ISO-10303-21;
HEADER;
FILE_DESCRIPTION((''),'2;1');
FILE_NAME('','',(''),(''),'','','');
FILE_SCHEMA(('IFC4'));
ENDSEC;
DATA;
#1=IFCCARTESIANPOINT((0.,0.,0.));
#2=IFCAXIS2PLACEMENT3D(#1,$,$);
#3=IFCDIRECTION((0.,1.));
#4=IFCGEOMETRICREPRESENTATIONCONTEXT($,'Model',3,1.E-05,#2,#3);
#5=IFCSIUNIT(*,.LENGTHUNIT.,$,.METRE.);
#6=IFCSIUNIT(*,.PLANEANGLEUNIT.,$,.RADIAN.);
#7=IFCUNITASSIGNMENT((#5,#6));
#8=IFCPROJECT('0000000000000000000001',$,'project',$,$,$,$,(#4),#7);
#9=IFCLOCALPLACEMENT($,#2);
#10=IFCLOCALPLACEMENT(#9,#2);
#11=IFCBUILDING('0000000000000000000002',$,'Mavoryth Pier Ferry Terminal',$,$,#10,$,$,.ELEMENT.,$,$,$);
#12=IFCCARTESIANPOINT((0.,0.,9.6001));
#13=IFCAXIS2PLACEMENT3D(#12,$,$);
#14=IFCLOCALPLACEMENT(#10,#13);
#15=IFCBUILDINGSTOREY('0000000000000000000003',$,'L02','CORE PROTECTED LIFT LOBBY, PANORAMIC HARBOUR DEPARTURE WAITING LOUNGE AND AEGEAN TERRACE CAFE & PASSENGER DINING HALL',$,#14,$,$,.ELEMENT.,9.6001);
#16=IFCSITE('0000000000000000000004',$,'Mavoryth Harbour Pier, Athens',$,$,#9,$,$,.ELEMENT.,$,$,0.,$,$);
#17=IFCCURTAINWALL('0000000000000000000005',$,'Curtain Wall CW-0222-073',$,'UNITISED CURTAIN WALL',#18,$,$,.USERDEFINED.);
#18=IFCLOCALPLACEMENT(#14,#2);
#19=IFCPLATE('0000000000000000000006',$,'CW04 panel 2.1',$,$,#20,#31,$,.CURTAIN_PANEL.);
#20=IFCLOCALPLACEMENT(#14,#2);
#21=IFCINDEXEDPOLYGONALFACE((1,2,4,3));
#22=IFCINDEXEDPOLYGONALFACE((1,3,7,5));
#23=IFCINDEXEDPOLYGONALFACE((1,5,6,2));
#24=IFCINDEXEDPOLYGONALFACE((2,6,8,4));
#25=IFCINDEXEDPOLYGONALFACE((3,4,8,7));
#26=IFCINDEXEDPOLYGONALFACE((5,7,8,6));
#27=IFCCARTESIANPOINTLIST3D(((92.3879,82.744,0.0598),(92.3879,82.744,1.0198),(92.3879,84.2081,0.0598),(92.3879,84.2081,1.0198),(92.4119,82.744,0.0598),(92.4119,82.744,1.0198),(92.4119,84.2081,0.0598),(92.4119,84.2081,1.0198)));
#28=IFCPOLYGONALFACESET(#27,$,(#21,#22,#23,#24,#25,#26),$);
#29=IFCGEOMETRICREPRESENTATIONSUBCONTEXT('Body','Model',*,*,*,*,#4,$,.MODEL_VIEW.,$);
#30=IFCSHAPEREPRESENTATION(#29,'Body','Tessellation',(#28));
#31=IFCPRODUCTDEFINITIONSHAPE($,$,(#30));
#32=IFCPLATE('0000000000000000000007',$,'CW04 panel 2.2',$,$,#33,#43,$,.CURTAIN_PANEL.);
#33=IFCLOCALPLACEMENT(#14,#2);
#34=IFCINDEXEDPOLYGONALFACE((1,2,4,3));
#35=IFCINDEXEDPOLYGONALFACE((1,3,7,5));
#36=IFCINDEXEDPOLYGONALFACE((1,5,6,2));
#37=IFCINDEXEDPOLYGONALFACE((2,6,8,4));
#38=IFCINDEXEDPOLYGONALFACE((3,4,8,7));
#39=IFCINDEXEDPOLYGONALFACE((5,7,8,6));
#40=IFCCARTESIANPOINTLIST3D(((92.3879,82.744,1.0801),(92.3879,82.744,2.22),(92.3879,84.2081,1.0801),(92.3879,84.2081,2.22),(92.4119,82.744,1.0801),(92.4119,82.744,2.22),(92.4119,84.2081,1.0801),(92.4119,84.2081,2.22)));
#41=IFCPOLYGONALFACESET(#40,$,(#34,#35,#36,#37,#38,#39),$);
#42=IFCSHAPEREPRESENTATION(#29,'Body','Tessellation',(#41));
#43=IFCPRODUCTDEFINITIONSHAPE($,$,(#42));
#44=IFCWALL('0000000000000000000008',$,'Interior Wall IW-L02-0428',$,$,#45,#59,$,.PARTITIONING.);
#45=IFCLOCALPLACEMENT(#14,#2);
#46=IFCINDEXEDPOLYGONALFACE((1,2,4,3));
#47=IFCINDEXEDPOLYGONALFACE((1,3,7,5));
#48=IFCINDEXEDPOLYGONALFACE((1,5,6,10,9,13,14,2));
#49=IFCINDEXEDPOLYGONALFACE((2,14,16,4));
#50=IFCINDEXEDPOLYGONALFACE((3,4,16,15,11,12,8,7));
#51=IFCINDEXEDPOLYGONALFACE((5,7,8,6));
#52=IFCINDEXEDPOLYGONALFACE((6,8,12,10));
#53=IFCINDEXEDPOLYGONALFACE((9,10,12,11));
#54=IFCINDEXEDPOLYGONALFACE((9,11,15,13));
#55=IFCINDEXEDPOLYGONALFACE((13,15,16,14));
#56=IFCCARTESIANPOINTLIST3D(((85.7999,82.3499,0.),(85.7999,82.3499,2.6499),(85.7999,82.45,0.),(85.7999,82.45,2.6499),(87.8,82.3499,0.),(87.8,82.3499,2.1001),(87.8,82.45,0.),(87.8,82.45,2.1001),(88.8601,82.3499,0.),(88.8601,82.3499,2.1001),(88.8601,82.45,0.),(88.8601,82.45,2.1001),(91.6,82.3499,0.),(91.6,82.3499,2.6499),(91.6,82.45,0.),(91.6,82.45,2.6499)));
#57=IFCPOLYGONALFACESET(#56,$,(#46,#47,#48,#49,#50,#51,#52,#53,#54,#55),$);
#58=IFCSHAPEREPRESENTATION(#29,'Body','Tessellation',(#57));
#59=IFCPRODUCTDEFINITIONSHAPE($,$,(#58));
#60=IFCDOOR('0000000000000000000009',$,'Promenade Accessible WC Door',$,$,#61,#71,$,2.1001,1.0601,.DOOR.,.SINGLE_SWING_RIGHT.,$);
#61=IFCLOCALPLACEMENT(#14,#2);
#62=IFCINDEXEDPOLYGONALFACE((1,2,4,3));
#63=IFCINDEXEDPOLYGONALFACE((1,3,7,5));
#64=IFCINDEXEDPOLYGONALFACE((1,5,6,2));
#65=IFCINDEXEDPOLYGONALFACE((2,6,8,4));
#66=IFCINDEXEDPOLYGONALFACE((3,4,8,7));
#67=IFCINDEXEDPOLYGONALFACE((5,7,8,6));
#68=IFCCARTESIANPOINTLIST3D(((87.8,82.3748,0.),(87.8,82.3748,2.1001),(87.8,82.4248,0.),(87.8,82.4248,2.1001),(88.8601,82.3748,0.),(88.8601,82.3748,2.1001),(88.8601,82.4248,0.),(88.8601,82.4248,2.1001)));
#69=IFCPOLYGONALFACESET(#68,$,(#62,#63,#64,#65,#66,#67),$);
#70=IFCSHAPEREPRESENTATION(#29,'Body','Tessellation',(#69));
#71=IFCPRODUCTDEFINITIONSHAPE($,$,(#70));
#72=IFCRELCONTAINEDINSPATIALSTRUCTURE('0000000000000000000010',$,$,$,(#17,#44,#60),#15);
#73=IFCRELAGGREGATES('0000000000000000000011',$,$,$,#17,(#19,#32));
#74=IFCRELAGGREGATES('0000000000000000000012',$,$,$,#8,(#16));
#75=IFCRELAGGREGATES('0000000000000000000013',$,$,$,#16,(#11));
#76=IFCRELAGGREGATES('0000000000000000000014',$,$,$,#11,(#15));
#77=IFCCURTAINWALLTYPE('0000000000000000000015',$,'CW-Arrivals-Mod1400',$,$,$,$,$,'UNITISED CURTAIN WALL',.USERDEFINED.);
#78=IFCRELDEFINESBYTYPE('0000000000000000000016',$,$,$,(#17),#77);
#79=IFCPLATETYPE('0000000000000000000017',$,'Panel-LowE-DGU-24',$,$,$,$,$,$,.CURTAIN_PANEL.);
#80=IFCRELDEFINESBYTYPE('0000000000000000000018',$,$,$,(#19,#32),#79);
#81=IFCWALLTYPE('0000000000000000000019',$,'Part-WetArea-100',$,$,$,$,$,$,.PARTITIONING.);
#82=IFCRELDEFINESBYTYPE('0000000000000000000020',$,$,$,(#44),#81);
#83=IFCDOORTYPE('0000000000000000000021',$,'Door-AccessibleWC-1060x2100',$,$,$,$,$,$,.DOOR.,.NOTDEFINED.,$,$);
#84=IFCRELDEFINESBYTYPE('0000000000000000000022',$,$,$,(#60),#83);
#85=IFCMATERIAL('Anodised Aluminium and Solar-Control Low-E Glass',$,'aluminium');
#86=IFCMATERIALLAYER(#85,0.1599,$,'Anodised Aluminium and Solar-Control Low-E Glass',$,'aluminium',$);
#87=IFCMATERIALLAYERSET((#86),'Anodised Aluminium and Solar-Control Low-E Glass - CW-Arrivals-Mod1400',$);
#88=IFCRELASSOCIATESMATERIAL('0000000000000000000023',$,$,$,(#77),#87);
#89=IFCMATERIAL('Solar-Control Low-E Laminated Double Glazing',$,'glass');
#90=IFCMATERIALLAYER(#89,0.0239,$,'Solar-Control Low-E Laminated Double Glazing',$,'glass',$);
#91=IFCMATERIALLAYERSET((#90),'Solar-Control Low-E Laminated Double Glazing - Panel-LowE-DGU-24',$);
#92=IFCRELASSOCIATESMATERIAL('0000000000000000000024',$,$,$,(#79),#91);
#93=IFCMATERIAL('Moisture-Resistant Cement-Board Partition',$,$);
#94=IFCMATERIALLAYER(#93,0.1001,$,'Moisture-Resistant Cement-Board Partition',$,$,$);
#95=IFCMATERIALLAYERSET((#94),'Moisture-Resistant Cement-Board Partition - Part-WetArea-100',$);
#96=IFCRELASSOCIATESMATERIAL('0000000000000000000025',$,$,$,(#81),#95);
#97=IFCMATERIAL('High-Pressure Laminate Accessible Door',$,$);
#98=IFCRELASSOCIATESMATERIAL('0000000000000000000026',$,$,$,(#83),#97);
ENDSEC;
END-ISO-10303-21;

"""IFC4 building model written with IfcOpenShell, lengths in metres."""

from ifc_helpers import new_model, si_unit, direction, frame, frame_2d, origin, origin_2d, place, context, subcontext, project, spatial, rectangle, extrude, material, layer, layer_set, type_object, element, fill, aggregate, save


model = new_model("IFC4")

# Units and contexts
model_context = context("Model", 3, precision=1e-05, world=origin(), true_north=direction((0.0, 1.0)))
body_context = subcontext(model_context, "Body", "Model", "MODEL_VIEW")
ifc_project = project(units=[si_unit("LENGTHUNIT", "METRE"), si_unit("PLANEANGLEUNIT", "RADIAN")], contexts=[model_context])

# Site, building, storey
site_placement = place(None, origin())
site = spatial("IfcSite", under=ifc_project, at=site_placement, Name="Mavoryth Harbour Pier, Athens", CompositionType="ELEMENT", RefElevation=0.0)
building_placement = place(site_placement, origin())
building = spatial("IfcBuilding", under=site, at=building_placement, Name="Mavoryth Pier Ferry Terminal", CompositionType="ELEMENT")
storey_placement = place(building_placement, frame((0.0, 0.0, 9.6001)))
storey = spatial("IfcBuildingStorey", under=building, at=storey_placement, Name="L02", Description="CORE PROTECTED LIFT LOBBY, PANORAMIC HARBOUR DEPARTURE WAITING LOUNGE AND AEGEAN TERRACE CAFE & PASSENGER DINING HALL", CompositionType="ELEMENT", Elevation=9.6001)

# Curtain wall
ifc_material_1 = material(Name="Anodised Aluminium and Solar-Control Low-E Glass", Category="aluminium")
ifc_layer_1 = layer(ifc_material_1, 0.1599, Name="Anodised Aluminium and Solar-Control Low-E Glass", Category="aluminium")
ifc_layer_set_1 = layer_set([ifc_layer_1], Name="Anodised Aluminium and Solar-Control Low-E Glass - CW-Arrivals-Mod1400")
curtain_wall_type = type_object("IfcCurtainWallType", Name="CW-Arrivals-Mod1400", ElementType="UNITISED CURTAIN WALL", PredefinedType="USERDEFINED", material=ifc_layer_set_1)
curtain_wall_1_placement = place(storey_placement, origin())
curtain_wall_1 = element("IfcCurtainWall", 1, at=curtain_wall_1_placement, inside=storey, type_object=curtain_wall_type, Name="Curtain Wall CW-0222-073", ObjectType="UNITISED CURTAIN WALL", PredefinedType="USERDEFINED")

# Plates
ifc_material_2 = material(Name="Solar-Control Low-E Laminated Double Glazing", Category="glass")
ifc_layer_2 = layer(ifc_material_2, 0.0239, Name="Solar-Control Low-E Laminated Double Glazing", Category="glass")
ifc_layer_set_2 = layer_set([ifc_layer_2], Name="Solar-Control Low-E Laminated Double Glazing - Panel-LowE-DGU-24")
plate_type = type_object("IfcPlateType", Name="Panel-LowE-DGU-24", PredefinedType="CURTAIN_PANEL", material=ifc_layer_set_2)
plate_1_placement = place(storey_placement, frame((92.3999, 83.4761, 0.0598), z_axis=(0.0, 0.0, 1.0), x_axis=(0.0, 1.0, 0.0)))
plate_1 = element("IfcPlate", 2, at=plate_1_placement, type_object=plate_type, Name="CW04 panel 2.1", PredefinedType="CURTAIN_PANEL", context=body_context, shape_type="SweptSolid", body=[
    extrude(rectangle(XDim=1.4641, YDim=0.0239, at=origin_2d()), origin(), (0.0, 0.0, 1.0), 0.96),
])
plate_2_placement = place(storey_placement, frame((92.3999, 83.4761, 1.0801), z_axis=(0.0, 0.0, 1.0), x_axis=(0.0, 1.0, 0.0)))
plate_2 = element("IfcPlate", 3, at=plate_2_placement, type_object=plate_type, Name="CW04 panel 2.2", PredefinedType="CURTAIN_PANEL", context=body_context, shape_type="SweptSolid", body=[
    extrude(rectangle(XDim=1.4641, YDim=0.0239, at=origin_2d()), origin(), (0.0, 0.0, 1.0), 1.1399),
])
aggregate(curtain_wall_1, [plate_1, plate_2])

# Wall, opening, door
ifc_material_3 = material(Name="Moisture-Resistant Cement-Board Partition")
ifc_layer_3 = layer(ifc_material_3, 0.1001, Name="Moisture-Resistant Cement-Board Partition")
ifc_layer_set_3 = layer_set([ifc_layer_3], Name="Moisture-Resistant Cement-Board Partition - Part-WetArea-100")
wall_type = type_object("IfcWallType", Name="Part-WetArea-100", PredefinedType="PARTITIONING", material=ifc_layer_set_3)
wall_placement = place(storey_placement, frame((85.8, 82.3999, 0.0), z_axis=(0.0, 0.0, 1.0), x_axis=(1.0, 0.0, 0.0)))
wall = element("IfcWall", 4, at=wall_placement, inside=storey, type_object=wall_type, Name="Interior Wall IW-L02-0428", PredefinedType="PARTITIONING", context=body_context, shape_type="SweptSolid", body=[
    extrude(rectangle(XDim=5.8, YDim=0.1001, at=frame_2d((2.8999, 0.0))), origin(), (0.0, 0.0, 1.0), 2.6499),
])
opening_placement = place(wall_placement, frame((2.0, 0.0, 0.0)))
opening = element("IfcOpeningElement", 5, at=opening_placement, cuts=wall, PredefinedType="OPENING", context=body_context, shape_type="SweptSolid", body=[
    extrude(rectangle(XDim=1.0601, YDim=2.1001, at=frame_2d((0.53, 1.05))), frame((0.0, 0.0601, 0.0), z_axis=(0.0, -1.0, 0.0), x_axis=(1.0, 0.0, 0.0)), (0.0, 0.0, 1.0), 0.1201),
])
ifc_material_4 = material(Name="High-Pressure Laminate Accessible Door")
door_type = type_object("IfcDoorType", Name="Door-AccessibleWC-1060x2100", OperationType="NOTDEFINED", PredefinedType="DOOR", material=ifc_material_4)
door_placement = place(opening_placement, origin())
door = element("IfcDoor", 6, at=door_placement, inside=storey, type_object=door_type, Name="Promenade Accessible WC Door", OperationType="SINGLE_SWING_RIGHT", OverallHeight=2.1001, OverallWidth=1.0601, PredefinedType="DOOR", context=body_context, shape_type="SweptSolid", body=[
    extrude(rectangle(XDim=1.0601, YDim=2.1001, at=frame_2d((0.53, 1.05))), frame((0.0, 0.0249, 0.0), z_axis=(0.0, -1.0, 0.0), x_axis=(1.0, 0.0, 0.0)), (0.0, 0.0, 1.0), 0.05),
])
fill(opening, door)

save(model, "model.ifc")
